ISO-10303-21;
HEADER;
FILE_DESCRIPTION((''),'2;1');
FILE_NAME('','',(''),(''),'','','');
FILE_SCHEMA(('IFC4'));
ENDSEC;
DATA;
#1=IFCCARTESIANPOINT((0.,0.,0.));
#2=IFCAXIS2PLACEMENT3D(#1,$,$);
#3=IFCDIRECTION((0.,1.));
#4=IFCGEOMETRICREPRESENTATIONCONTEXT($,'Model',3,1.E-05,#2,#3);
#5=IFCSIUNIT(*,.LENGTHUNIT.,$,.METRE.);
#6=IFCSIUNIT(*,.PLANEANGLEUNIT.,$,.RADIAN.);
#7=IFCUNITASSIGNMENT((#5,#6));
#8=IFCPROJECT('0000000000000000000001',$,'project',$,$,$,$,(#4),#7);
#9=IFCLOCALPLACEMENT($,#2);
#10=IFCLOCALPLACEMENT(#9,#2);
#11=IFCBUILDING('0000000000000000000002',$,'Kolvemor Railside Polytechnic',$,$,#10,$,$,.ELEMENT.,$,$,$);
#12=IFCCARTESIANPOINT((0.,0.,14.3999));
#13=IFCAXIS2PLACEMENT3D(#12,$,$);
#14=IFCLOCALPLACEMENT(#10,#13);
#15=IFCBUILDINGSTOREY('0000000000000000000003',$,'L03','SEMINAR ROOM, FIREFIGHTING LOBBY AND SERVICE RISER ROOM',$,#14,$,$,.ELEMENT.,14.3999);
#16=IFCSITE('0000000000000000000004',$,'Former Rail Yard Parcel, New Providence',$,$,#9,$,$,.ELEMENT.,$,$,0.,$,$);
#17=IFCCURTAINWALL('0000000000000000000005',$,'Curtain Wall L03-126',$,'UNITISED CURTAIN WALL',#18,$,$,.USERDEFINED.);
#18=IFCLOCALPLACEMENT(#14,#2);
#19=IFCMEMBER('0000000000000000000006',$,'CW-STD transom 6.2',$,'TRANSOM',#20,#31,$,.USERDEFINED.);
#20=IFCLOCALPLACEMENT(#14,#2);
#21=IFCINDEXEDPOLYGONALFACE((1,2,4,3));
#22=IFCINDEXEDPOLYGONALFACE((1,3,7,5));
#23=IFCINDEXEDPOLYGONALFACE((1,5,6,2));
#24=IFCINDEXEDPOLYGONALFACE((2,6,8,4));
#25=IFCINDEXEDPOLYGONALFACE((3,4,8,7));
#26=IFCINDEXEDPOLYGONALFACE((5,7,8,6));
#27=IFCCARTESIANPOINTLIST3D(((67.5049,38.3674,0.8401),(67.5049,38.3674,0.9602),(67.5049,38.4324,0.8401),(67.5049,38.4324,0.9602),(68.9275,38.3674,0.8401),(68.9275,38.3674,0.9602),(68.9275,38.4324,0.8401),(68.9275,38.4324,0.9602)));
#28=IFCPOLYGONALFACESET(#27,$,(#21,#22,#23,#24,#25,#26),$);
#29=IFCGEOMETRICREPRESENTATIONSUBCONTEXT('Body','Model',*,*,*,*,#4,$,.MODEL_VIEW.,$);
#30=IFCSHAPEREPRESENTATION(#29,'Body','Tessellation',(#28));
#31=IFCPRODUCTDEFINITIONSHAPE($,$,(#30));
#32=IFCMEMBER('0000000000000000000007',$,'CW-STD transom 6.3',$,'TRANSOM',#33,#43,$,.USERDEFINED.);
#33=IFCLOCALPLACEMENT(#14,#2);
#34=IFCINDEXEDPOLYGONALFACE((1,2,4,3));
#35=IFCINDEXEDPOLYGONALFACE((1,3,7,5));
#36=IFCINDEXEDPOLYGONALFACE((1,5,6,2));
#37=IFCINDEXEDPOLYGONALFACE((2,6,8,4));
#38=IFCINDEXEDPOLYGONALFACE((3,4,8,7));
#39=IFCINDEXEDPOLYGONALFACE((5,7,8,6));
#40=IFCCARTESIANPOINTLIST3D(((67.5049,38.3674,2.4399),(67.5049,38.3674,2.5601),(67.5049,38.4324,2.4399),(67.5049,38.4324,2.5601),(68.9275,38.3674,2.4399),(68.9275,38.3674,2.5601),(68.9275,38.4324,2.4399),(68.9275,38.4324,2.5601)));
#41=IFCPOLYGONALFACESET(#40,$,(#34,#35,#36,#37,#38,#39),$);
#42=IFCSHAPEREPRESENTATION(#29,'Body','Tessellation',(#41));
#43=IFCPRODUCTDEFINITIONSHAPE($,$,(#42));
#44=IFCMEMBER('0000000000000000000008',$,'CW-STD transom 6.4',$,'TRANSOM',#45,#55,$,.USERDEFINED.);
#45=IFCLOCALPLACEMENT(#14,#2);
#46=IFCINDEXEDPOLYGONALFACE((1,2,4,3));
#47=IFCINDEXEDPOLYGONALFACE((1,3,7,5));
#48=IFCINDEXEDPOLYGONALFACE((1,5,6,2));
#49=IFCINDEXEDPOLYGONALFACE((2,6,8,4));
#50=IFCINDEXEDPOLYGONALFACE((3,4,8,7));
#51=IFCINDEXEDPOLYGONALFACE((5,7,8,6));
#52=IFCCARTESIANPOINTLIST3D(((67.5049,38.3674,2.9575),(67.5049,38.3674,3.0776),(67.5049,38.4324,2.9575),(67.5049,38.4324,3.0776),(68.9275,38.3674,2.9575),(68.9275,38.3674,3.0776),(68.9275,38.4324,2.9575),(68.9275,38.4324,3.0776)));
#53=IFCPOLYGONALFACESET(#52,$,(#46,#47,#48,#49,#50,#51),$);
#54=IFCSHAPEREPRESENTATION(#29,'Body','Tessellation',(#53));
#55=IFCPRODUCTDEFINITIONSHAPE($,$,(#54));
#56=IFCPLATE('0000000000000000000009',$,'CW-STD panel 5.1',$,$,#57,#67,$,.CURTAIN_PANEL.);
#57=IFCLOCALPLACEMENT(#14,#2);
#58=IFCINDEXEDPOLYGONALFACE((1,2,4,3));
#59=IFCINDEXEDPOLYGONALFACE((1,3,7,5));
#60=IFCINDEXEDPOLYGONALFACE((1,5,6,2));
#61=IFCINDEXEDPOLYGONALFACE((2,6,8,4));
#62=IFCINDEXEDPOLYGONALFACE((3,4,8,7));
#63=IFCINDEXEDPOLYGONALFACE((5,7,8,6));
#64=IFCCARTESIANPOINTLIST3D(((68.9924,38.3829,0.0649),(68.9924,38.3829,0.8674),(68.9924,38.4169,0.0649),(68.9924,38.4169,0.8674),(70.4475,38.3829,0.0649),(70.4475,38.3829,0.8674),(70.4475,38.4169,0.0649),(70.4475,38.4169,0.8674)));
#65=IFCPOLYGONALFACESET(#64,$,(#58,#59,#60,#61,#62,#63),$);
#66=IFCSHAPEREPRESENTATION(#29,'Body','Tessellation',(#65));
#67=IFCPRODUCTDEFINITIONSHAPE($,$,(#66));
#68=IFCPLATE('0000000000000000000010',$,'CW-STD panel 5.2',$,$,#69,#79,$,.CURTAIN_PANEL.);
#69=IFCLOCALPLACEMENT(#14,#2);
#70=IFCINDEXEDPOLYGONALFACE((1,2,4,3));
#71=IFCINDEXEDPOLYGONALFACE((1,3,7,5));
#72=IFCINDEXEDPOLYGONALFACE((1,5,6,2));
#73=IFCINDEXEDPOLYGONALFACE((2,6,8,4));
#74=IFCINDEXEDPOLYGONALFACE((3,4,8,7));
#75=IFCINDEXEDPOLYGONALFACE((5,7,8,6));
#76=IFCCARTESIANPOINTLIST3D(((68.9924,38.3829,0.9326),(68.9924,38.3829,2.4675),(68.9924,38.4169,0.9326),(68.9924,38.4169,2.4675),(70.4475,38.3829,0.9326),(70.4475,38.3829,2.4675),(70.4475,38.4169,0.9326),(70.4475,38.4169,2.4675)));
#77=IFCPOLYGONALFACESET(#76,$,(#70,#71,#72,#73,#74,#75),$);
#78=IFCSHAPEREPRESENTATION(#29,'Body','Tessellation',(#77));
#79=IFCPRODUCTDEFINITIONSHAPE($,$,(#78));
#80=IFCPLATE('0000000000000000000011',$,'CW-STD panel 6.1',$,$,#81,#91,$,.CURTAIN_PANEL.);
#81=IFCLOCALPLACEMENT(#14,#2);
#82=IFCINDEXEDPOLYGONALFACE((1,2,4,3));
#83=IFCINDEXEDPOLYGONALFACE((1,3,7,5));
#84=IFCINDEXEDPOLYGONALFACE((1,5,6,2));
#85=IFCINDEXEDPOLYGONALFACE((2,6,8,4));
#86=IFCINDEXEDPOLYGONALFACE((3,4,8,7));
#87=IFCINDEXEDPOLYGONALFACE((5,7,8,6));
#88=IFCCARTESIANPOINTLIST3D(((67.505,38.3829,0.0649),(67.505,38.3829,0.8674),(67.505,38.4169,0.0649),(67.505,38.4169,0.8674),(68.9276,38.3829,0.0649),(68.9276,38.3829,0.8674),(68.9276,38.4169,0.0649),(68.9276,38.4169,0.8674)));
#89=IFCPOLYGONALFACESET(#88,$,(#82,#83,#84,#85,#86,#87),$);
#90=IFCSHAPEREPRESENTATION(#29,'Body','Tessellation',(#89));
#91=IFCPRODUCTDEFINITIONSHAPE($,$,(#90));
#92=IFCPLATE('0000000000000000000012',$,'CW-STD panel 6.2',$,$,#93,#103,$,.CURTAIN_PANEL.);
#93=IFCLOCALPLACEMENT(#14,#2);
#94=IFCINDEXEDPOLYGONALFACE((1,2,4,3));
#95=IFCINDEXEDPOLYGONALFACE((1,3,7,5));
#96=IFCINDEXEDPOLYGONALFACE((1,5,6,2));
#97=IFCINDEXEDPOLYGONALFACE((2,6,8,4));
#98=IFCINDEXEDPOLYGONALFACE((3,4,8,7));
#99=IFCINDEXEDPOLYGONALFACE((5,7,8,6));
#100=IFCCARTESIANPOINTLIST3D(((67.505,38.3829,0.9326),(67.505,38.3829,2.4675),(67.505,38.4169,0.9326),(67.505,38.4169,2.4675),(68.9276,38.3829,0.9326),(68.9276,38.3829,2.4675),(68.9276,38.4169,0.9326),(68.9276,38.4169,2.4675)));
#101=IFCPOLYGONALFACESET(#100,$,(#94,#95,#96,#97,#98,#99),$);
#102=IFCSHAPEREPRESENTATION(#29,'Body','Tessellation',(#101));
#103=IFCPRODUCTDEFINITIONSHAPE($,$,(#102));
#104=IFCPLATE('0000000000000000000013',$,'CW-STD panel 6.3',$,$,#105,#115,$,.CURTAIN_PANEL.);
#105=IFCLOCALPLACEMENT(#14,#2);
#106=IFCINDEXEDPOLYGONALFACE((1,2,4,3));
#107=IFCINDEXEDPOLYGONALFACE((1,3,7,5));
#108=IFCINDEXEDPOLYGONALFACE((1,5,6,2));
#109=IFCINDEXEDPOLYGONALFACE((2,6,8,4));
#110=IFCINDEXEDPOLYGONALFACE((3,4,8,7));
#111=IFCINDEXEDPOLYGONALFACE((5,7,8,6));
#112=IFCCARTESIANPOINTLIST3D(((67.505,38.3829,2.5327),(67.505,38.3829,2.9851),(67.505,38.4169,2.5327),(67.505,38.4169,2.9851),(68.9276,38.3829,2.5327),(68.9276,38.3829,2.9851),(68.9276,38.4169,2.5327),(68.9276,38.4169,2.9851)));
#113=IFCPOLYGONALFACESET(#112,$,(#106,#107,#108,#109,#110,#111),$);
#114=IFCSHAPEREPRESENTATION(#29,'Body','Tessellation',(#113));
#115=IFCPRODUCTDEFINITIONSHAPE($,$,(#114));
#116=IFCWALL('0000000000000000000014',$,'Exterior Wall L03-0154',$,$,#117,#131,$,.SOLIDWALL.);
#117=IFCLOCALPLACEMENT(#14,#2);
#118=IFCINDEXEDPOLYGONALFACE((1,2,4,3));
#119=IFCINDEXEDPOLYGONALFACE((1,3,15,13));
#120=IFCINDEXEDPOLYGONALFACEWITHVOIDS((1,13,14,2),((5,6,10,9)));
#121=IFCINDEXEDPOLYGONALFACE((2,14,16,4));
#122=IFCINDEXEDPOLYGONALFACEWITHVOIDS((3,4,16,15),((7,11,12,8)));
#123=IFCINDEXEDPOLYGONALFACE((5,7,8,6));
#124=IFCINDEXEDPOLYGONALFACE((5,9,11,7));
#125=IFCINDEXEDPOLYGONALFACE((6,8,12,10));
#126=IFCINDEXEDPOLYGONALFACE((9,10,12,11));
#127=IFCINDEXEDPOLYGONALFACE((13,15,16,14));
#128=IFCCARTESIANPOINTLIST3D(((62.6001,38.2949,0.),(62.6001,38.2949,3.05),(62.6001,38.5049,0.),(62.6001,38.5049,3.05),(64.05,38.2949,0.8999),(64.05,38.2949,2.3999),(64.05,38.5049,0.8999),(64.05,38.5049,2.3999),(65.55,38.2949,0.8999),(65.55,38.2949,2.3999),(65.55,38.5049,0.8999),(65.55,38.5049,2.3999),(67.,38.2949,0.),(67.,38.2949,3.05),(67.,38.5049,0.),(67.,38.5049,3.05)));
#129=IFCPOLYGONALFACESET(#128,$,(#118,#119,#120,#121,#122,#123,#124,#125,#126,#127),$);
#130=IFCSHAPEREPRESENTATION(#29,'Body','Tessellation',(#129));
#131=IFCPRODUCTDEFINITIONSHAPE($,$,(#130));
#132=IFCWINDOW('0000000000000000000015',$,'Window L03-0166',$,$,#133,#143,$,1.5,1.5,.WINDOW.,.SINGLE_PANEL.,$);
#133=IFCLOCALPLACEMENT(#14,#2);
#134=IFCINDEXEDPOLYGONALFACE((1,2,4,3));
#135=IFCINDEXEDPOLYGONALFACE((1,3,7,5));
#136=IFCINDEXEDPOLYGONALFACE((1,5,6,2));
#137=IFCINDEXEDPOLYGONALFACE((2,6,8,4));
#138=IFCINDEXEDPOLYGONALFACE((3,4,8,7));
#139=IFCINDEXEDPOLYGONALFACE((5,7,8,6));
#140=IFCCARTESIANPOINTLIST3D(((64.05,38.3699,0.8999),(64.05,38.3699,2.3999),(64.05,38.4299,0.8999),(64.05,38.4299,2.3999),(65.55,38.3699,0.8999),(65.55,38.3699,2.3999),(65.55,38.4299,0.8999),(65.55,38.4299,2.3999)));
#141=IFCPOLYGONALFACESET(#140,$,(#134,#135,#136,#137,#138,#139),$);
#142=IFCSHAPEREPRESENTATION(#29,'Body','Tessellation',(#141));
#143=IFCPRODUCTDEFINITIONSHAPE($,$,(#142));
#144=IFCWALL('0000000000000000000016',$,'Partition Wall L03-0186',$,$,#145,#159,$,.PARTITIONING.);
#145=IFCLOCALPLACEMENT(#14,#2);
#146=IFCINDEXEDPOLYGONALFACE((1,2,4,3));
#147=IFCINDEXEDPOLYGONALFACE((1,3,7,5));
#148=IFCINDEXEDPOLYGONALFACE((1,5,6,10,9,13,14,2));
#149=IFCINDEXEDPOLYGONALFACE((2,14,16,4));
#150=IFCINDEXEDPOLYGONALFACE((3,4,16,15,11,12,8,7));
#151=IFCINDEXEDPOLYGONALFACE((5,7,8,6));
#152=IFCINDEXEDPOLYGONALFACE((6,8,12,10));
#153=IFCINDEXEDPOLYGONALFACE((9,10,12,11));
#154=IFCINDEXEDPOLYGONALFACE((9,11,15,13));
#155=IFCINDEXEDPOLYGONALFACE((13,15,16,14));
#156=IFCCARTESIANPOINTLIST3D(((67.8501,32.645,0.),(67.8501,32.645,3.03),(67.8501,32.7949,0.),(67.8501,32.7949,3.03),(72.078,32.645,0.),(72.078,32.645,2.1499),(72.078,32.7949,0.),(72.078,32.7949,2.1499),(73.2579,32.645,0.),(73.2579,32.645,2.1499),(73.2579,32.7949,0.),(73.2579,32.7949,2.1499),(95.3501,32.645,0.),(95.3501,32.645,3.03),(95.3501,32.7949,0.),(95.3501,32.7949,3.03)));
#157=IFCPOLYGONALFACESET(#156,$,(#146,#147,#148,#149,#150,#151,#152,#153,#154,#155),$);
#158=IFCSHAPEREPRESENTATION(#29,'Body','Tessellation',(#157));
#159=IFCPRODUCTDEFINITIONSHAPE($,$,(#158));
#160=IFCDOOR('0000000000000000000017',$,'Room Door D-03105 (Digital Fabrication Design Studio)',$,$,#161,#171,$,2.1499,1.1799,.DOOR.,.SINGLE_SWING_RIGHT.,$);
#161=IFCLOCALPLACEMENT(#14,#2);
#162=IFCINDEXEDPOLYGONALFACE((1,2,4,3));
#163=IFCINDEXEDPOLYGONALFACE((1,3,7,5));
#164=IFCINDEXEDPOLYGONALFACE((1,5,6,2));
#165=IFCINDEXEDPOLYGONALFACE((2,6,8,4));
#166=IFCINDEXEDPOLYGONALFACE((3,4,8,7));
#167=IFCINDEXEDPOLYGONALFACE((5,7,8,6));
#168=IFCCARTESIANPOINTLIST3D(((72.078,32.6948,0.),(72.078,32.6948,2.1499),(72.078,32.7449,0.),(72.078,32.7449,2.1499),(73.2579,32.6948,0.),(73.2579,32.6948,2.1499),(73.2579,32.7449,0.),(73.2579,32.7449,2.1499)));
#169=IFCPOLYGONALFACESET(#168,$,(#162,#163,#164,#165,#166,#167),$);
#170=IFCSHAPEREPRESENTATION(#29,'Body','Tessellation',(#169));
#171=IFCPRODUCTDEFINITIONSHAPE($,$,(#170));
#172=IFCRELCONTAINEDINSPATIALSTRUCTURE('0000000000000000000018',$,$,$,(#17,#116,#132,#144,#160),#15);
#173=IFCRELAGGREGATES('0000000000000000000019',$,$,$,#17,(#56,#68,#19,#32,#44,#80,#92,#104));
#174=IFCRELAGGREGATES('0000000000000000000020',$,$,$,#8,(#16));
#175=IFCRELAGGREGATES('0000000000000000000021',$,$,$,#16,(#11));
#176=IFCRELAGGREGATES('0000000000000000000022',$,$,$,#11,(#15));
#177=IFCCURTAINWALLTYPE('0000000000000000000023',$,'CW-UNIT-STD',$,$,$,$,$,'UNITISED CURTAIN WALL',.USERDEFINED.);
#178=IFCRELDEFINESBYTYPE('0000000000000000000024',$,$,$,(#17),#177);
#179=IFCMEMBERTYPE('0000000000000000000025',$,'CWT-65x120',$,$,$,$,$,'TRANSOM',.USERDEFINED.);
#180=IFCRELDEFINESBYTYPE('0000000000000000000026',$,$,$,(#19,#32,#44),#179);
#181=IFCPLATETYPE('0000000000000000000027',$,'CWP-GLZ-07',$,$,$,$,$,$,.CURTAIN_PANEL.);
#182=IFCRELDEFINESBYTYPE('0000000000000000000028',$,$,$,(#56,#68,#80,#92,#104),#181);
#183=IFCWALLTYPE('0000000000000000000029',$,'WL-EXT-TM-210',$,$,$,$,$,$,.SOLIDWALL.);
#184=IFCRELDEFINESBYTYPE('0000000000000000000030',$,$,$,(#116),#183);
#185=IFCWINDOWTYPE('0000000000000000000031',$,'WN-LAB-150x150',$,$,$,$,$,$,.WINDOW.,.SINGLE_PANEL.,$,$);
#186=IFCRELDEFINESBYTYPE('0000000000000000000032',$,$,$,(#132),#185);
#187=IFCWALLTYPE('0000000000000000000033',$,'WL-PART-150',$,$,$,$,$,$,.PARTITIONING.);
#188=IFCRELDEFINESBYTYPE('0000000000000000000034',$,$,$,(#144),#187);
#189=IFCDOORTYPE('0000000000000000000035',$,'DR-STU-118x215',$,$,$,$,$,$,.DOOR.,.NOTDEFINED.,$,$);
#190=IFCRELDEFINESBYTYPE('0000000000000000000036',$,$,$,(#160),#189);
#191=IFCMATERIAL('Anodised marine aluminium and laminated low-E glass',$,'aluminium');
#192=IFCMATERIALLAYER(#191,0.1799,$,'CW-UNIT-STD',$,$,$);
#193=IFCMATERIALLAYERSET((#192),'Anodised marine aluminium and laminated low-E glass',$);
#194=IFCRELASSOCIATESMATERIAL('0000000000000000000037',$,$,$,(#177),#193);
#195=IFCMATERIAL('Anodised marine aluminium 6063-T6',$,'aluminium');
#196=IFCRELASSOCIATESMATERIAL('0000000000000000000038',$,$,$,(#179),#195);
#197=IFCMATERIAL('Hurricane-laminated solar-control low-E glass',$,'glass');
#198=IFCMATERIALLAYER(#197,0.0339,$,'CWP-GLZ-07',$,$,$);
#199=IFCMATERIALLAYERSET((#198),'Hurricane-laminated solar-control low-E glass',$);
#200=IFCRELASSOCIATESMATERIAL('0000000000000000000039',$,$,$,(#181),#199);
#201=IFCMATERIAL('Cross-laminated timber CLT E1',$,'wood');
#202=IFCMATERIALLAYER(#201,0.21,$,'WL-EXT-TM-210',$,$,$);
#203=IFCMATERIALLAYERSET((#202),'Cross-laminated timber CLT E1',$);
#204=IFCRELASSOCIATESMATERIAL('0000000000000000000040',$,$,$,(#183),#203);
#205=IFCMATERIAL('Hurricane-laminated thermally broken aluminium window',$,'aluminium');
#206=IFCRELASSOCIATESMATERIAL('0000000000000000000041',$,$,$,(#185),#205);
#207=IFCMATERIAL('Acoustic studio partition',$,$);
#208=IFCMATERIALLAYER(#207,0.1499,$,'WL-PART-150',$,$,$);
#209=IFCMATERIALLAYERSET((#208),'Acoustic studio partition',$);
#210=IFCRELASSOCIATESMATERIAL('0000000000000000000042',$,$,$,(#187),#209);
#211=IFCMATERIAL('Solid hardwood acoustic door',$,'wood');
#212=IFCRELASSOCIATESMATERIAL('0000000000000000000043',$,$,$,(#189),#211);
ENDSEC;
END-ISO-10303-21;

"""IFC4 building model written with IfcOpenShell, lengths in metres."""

from ifc_helpers import new_model, si_unit, direction, frame, frame_2d, origin, origin_2d, place, context, subcontext, project, spatial, rectangle, extrude, material, layer, layer_set, material_profile, profile_set, type_object, element, fill, aggregate, save


model = new_model("IFC4")

# Units and contexts
model_context = context("Model", 3, precision=1e-05, world=origin(), true_north=direction((0.0, 1.0)))
body_context = subcontext(model_context, "Body", "Model", "MODEL_VIEW")
ifc_project = project(units=[si_unit("LENGTHUNIT", "METRE"), si_unit("PLANEANGLEUNIT", "RADIAN")], contexts=[model_context])

# Site, building, storey
site_placement = place(None, origin())
site = spatial("IfcSite", under=ifc_project, at=site_placement, Name="Former Rail Yard Parcel, New Providence", CompositionType="ELEMENT", RefElevation=0.0)
building_placement = place(site_placement, origin())
building = spatial("IfcBuilding", under=site, at=building_placement, Name="Kolvemor Railside Polytechnic", CompositionType="ELEMENT")
storey_placement = place(building_placement, frame((0.0, 0.0, 14.3999)))
storey = spatial("IfcBuildingStorey", under=building, at=storey_placement, Name="L03", Description="SEMINAR ROOM, FIREFIGHTING LOBBY AND SERVICE RISER ROOM", CompositionType="ELEMENT", Elevation=14.3999)

# Curtain wall, members, plates
ifc_material_1 = material(Name="Anodised marine aluminium and laminated low-E glass", Category="aluminium")
ifc_layer_1 = layer(ifc_material_1, 0.1799, Name="CW-UNIT-STD")
ifc_layer_set_1 = layer_set([ifc_layer_1], Name="Anodised marine aluminium and laminated low-E glass")
curtain_wall_type = type_object("IfcCurtainWallType", Name="CW-UNIT-STD", ElementType="UNITISED CURTAIN WALL", PredefinedType="USERDEFINED", material=ifc_layer_set_1)
curtain_wall_placement = place(storey_placement, origin())
curtain_wall = element("IfcCurtainWall", 1, at=curtain_wall_placement, inside=storey, type_object=curtain_wall_type, Name="Curtain Wall L03-126", ObjectType="UNITISED CURTAIN WALL", PredefinedType="USERDEFINED")
ifc_material_2 = material(Name="Anodised marine aluminium 6063-T6", Category="aluminium")
ifc_material_profile_1 = material_profile(ifc_material_2, rectangle(XDim=0.0649, YDim=0.1201, at=origin_2d()), Name="CW-TRN-65x120")
ifc_profile_set_1 = profile_set([ifc_material_profile_1], Name="Anodised marine aluminium 6063-T6")
member_type_1 = type_object("IfcMemberType", Name="CWT-65x120", ElementType="TRANSOM", PredefinedType="USERDEFINED", material=ifc_profile_set_1)
member_1_placement = place(storey_placement, frame((68.9275, 38.3999, 0.9001), z_axis=(-1.0, 0.0, 0.0), x_axis=(0.0, -1.0, 0.0)))
member_1 = element("IfcMember", 2, at=member_1_placement, type_object=member_type_1, Name="CW-STD transom 6.2", ObjectType="TRANSOM", PredefinedType="USERDEFINED", context=body_context, shape_type="SweptSolid", body=[
    extrude(rectangle(XDim=0.0649, YDim=0.1201, at=origin_2d()), origin(), (0.0, 0.0, 1.0), 1.4226),
])
member_2_placement = place(storey_placement, frame((68.9275, 38.3999, 2.5), z_axis=(-1.0, 0.0, 0.0), x_axis=(0.0, -1.0, 0.0)))
member_2 = element("IfcMember", 3, at=member_2_placement, type_object=member_type_1, Name="CW-STD transom 6.3", ObjectType="TRANSOM", PredefinedType="USERDEFINED", context=body_context, shape_type="SweptSolid", body=[
    extrude(rectangle(XDim=0.0649, YDim=0.1201, at=origin_2d()), origin(), (0.0, 0.0, 1.0), 1.4226),
])
member_3_placement = place(storey_placement, frame((68.9275, 38.3999, 3.0176), z_axis=(-1.0, 0.0, 0.0), x_axis=(0.0, -1.0, 0.0)))
member_3 = element("IfcMember", 4, at=member_3_placement, type_object=member_type_1, Name="CW-STD transom 6.4", ObjectType="TRANSOM", PredefinedType="USERDEFINED", context=body_context, shape_type="SweptSolid", body=[
    extrude(rectangle(XDim=0.0649, YDim=0.1201, at=origin_2d()), origin(), (0.0, 0.0, 1.0), 1.4226),
])
ifc_material_3 = material(Name="Hurricane-laminated solar-control low-E glass", Category="glass")
ifc_layer_2 = layer(ifc_material_3, 0.0339, Name="CWP-GLZ-07")
ifc_layer_set_2 = layer_set([ifc_layer_2], Name="Hurricane-laminated solar-control low-E glass")
plate_type = type_object("IfcPlateType", Name="CWP-GLZ-07", PredefinedType="CURTAIN_PANEL", material=ifc_layer_set_2)
plate_1_placement = place(storey_placement, frame((69.72, 38.3999, 0.0649), z_axis=(0.0, 0.0, 1.0), x_axis=(-1.0, 0.0, 0.0)))
plate_1 = element("IfcPlate", 5, at=plate_1_placement, type_object=plate_type, Name="CW-STD panel 5.1", PredefinedType="CURTAIN_PANEL", context=body_context, shape_type="SweptSolid", body=[
    extrude(rectangle(XDim=1.4551, YDim=0.0339, at=origin_2d()), origin(), (0.0, 0.0, 1.0), 0.8025),
])
plate_2_placement = place(storey_placement, frame((69.72, 38.3999, 0.9326), z_axis=(0.0, 0.0, 1.0), x_axis=(-1.0, 0.0, 0.0)))
plate_2 = element("IfcPlate", 6, at=plate_2_placement, type_object=plate_type, Name="CW-STD panel 5.2", PredefinedType="CURTAIN_PANEL", context=body_context, shape_type="SweptSolid", body=[
    extrude(rectangle(XDim=1.4551, YDim=0.0339, at=origin_2d()), origin(), (0.0, 0.0, 1.0), 1.5349),
])
plate_3_placement = place(storey_placement, frame((68.2163, 38.3999, 0.0649), z_axis=(0.0, 0.0, 1.0), x_axis=(-1.0, 0.0, 0.0)))
plate_3 = element("IfcPlate", 7, at=plate_3_placement, type_object=plate_type, Name="CW-STD panel 6.1", PredefinedType="CURTAIN_PANEL", context=body_context, shape_type="SweptSolid", body=[
    extrude(rectangle(XDim=1.4226, YDim=0.0339, at=origin_2d()), origin(), (0.0, 0.0, 1.0), 0.8025),
])
plate_4_placement = place(storey_placement, frame((68.2163, 38.3999, 0.9326), z_axis=(0.0, 0.0, 1.0), x_axis=(-1.0, 0.0, 0.0)))
plate_4 = element("IfcPlate", 8, at=plate_4_placement, type_object=plate_type, Name="CW-STD panel 6.2", PredefinedType="CURTAIN_PANEL", context=body_context, shape_type="SweptSolid", body=[
    extrude(rectangle(XDim=1.4226, YDim=0.0339, at=origin_2d()), origin(), (0.0, 0.0, 1.0), 1.5349),
])
plate_5_placement = place(storey_placement, frame((68.2163, 38.3999, 2.5327), z_axis=(0.0, 0.0, 1.0), x_axis=(-1.0, 0.0, 0.0)))
plate_5 = element("IfcPlate", 9, at=plate_5_placement, type_object=plate_type, Name="CW-STD panel 6.3", PredefinedType="CURTAIN_PANEL", context=body_context, shape_type="SweptSolid", body=[
    extrude(rectangle(XDim=1.4226, YDim=0.0339, at=origin_2d()), origin(), (0.0, 0.0, 1.0), 0.4524),
])
aggregate(curtain_wall, [plate_1, plate_2, member_1, member_2, member_3, plate_3, plate_4, plate_5])

# Wall, opening, window
ifc_material_4 = material(Name="Cross-laminated timber CLT E1", Category="wood")
ifc_layer_3 = layer(ifc_material_4, 0.21, Name="WL-EXT-TM-210")
ifc_layer_set_3 = layer_set([ifc_layer_3], Name="Cross-laminated timber CLT E1")
wall_type_1 = type_object("IfcWallType", Name="WL-EXT-TM-210", PredefinedType="SOLIDWALL", material=ifc_layer_set_3)
wall_1_placement = place(storey_placement, frame((67.0, 38.3999, 0.0), z_axis=(0.0, 0.0, 1.0), x_axis=(-1.0, 0.0, 0.0)))
wall_1 = element("IfcWall", 10, at=wall_1_placement, inside=storey, type_object=wall_type_1, Name="Exterior Wall L03-0154", PredefinedType="SOLIDWALL", context=body_context, shape_type="SweptSolid", body=[
    extrude(rectangle(XDim=4.3999, YDim=0.21, at=frame_2d((2.2, 0.0))), origin(), (0.0, 0.0, 1.0), 3.05),
])
opening_1_placement = place(wall_1_placement, frame((1.45, 0.0, 0.8999)))
opening_1 = element("IfcOpeningElement", 11, at=opening_1_placement, cuts=wall_1, PredefinedType="OPENING", context=body_context, shape_type="SweptSolid", body=[
    extrude(rectangle(XDim=1.5, YDim=1.5, at=frame_2d((0.75, 0.75))), frame((0.0, 0.115, 0.0), z_axis=(0.0, -1.0, 0.0), x_axis=(1.0, 0.0, 0.0)), (0.0, 0.0, 1.0), 0.23),
])
ifc_material_5 = material(Name="Hurricane-laminated thermally broken aluminium window", Category="aluminium")
window_type = type_object("IfcWindowType", Name="WN-LAB-150x150", PartitioningType="SINGLE_PANEL", PredefinedType="WINDOW", material=ifc_material_5)
window_placement = place(opening_1_placement, origin())
window = element("IfcWindow", 12, at=window_placement, inside=storey, type_object=window_type, Name="Window L03-0166", OverallHeight=1.5, OverallWidth=1.5, PartitioningType="SINGLE_PANEL", PredefinedType="WINDOW", context=body_context, shape_type="SweptSolid", body=[
    extrude(rectangle(XDim=1.5, YDim=1.5, at=frame_2d((0.75, 0.75))), frame((0.0, 0.03, 0.0), z_axis=(0.0, -1.0, 0.0), x_axis=(1.0, 0.0, 0.0)), (0.0, 0.0, 1.0), 0.0601),
])
fill(opening_1, window)

# Wall, opening, door
ifc_material_6 = material(Name="Acoustic studio partition")
ifc_layer_4 = layer(ifc_material_6, 0.1499, Name="WL-PART-150")
ifc_layer_set_4 = layer_set([ifc_layer_4], Name="Acoustic studio partition")
wall_type_2 = type_object("IfcWallType", Name="WL-PART-150", PredefinedType="PARTITIONING", material=ifc_layer_set_4)
wall_2_placement = place(storey_placement, frame((67.8501, 32.72, 0.0), z_axis=(0.0, 0.0, 1.0), x_axis=(1.0, 0.0, 0.0)))
wall_2 = element("IfcWall", 13, at=wall_2_placement, inside=storey, type_object=wall_type_2, Name="Partition Wall L03-0186", PredefinedType="PARTITIONING", context=body_context, shape_type="SweptSolid", body=[
    extrude(rectangle(XDim=27.5, YDim=0.1499, at=frame_2d((13.75, 0.0))), origin(), (0.0, 0.0, 1.0), 3.03),
])
opening_2_placement = place(wall_2_placement, frame((4.228, 0.0, 0.0)))
opening_2 = element("IfcOpeningElement", 14, at=opening_2_placement, cuts=wall_2, PredefinedType="OPENING", context=body_context, shape_type="SweptSolid", body=[
    extrude(rectangle(XDim=1.1799, YDim=2.1499, at=frame_2d((0.5898, 1.075))), frame((0.0, 0.085, 0.0), z_axis=(0.0, -1.0, 0.0), x_axis=(1.0, 0.0, 0.0)), (0.0, 0.0, 1.0), 0.1699),
])
ifc_material_7 = material(Name="Solid hardwood acoustic door", Category="wood")
door_type = type_object("IfcDoorType", Name="DR-STU-118x215", OperationType="NOTDEFINED", PredefinedType="DOOR", material=ifc_material_7)
door_placement = place(opening_2_placement, origin())
door = element("IfcDoor", 15, at=door_placement, inside=storey, type_object=door_type, Name="Room Door D-03105 (Digital Fabrication Design Studio)", OperationType="SINGLE_SWING_RIGHT", OverallHeight=2.1499, OverallWidth=1.1799, PredefinedType="DOOR", context=body_context, shape_type="SweptSolid", body=[
    extrude(rectangle(XDim=1.1799, YDim=2.1499, at=frame_2d((0.5898, 1.075))), frame((0.0, 0.0249, 0.0), z_axis=(0.0, -1.0, 0.0), x_axis=(1.0, 0.0, 0.0)), (0.0, 0.0, 1.0), 0.05),
])
fill(opening_2, door)

save(model, "model.ifc")
